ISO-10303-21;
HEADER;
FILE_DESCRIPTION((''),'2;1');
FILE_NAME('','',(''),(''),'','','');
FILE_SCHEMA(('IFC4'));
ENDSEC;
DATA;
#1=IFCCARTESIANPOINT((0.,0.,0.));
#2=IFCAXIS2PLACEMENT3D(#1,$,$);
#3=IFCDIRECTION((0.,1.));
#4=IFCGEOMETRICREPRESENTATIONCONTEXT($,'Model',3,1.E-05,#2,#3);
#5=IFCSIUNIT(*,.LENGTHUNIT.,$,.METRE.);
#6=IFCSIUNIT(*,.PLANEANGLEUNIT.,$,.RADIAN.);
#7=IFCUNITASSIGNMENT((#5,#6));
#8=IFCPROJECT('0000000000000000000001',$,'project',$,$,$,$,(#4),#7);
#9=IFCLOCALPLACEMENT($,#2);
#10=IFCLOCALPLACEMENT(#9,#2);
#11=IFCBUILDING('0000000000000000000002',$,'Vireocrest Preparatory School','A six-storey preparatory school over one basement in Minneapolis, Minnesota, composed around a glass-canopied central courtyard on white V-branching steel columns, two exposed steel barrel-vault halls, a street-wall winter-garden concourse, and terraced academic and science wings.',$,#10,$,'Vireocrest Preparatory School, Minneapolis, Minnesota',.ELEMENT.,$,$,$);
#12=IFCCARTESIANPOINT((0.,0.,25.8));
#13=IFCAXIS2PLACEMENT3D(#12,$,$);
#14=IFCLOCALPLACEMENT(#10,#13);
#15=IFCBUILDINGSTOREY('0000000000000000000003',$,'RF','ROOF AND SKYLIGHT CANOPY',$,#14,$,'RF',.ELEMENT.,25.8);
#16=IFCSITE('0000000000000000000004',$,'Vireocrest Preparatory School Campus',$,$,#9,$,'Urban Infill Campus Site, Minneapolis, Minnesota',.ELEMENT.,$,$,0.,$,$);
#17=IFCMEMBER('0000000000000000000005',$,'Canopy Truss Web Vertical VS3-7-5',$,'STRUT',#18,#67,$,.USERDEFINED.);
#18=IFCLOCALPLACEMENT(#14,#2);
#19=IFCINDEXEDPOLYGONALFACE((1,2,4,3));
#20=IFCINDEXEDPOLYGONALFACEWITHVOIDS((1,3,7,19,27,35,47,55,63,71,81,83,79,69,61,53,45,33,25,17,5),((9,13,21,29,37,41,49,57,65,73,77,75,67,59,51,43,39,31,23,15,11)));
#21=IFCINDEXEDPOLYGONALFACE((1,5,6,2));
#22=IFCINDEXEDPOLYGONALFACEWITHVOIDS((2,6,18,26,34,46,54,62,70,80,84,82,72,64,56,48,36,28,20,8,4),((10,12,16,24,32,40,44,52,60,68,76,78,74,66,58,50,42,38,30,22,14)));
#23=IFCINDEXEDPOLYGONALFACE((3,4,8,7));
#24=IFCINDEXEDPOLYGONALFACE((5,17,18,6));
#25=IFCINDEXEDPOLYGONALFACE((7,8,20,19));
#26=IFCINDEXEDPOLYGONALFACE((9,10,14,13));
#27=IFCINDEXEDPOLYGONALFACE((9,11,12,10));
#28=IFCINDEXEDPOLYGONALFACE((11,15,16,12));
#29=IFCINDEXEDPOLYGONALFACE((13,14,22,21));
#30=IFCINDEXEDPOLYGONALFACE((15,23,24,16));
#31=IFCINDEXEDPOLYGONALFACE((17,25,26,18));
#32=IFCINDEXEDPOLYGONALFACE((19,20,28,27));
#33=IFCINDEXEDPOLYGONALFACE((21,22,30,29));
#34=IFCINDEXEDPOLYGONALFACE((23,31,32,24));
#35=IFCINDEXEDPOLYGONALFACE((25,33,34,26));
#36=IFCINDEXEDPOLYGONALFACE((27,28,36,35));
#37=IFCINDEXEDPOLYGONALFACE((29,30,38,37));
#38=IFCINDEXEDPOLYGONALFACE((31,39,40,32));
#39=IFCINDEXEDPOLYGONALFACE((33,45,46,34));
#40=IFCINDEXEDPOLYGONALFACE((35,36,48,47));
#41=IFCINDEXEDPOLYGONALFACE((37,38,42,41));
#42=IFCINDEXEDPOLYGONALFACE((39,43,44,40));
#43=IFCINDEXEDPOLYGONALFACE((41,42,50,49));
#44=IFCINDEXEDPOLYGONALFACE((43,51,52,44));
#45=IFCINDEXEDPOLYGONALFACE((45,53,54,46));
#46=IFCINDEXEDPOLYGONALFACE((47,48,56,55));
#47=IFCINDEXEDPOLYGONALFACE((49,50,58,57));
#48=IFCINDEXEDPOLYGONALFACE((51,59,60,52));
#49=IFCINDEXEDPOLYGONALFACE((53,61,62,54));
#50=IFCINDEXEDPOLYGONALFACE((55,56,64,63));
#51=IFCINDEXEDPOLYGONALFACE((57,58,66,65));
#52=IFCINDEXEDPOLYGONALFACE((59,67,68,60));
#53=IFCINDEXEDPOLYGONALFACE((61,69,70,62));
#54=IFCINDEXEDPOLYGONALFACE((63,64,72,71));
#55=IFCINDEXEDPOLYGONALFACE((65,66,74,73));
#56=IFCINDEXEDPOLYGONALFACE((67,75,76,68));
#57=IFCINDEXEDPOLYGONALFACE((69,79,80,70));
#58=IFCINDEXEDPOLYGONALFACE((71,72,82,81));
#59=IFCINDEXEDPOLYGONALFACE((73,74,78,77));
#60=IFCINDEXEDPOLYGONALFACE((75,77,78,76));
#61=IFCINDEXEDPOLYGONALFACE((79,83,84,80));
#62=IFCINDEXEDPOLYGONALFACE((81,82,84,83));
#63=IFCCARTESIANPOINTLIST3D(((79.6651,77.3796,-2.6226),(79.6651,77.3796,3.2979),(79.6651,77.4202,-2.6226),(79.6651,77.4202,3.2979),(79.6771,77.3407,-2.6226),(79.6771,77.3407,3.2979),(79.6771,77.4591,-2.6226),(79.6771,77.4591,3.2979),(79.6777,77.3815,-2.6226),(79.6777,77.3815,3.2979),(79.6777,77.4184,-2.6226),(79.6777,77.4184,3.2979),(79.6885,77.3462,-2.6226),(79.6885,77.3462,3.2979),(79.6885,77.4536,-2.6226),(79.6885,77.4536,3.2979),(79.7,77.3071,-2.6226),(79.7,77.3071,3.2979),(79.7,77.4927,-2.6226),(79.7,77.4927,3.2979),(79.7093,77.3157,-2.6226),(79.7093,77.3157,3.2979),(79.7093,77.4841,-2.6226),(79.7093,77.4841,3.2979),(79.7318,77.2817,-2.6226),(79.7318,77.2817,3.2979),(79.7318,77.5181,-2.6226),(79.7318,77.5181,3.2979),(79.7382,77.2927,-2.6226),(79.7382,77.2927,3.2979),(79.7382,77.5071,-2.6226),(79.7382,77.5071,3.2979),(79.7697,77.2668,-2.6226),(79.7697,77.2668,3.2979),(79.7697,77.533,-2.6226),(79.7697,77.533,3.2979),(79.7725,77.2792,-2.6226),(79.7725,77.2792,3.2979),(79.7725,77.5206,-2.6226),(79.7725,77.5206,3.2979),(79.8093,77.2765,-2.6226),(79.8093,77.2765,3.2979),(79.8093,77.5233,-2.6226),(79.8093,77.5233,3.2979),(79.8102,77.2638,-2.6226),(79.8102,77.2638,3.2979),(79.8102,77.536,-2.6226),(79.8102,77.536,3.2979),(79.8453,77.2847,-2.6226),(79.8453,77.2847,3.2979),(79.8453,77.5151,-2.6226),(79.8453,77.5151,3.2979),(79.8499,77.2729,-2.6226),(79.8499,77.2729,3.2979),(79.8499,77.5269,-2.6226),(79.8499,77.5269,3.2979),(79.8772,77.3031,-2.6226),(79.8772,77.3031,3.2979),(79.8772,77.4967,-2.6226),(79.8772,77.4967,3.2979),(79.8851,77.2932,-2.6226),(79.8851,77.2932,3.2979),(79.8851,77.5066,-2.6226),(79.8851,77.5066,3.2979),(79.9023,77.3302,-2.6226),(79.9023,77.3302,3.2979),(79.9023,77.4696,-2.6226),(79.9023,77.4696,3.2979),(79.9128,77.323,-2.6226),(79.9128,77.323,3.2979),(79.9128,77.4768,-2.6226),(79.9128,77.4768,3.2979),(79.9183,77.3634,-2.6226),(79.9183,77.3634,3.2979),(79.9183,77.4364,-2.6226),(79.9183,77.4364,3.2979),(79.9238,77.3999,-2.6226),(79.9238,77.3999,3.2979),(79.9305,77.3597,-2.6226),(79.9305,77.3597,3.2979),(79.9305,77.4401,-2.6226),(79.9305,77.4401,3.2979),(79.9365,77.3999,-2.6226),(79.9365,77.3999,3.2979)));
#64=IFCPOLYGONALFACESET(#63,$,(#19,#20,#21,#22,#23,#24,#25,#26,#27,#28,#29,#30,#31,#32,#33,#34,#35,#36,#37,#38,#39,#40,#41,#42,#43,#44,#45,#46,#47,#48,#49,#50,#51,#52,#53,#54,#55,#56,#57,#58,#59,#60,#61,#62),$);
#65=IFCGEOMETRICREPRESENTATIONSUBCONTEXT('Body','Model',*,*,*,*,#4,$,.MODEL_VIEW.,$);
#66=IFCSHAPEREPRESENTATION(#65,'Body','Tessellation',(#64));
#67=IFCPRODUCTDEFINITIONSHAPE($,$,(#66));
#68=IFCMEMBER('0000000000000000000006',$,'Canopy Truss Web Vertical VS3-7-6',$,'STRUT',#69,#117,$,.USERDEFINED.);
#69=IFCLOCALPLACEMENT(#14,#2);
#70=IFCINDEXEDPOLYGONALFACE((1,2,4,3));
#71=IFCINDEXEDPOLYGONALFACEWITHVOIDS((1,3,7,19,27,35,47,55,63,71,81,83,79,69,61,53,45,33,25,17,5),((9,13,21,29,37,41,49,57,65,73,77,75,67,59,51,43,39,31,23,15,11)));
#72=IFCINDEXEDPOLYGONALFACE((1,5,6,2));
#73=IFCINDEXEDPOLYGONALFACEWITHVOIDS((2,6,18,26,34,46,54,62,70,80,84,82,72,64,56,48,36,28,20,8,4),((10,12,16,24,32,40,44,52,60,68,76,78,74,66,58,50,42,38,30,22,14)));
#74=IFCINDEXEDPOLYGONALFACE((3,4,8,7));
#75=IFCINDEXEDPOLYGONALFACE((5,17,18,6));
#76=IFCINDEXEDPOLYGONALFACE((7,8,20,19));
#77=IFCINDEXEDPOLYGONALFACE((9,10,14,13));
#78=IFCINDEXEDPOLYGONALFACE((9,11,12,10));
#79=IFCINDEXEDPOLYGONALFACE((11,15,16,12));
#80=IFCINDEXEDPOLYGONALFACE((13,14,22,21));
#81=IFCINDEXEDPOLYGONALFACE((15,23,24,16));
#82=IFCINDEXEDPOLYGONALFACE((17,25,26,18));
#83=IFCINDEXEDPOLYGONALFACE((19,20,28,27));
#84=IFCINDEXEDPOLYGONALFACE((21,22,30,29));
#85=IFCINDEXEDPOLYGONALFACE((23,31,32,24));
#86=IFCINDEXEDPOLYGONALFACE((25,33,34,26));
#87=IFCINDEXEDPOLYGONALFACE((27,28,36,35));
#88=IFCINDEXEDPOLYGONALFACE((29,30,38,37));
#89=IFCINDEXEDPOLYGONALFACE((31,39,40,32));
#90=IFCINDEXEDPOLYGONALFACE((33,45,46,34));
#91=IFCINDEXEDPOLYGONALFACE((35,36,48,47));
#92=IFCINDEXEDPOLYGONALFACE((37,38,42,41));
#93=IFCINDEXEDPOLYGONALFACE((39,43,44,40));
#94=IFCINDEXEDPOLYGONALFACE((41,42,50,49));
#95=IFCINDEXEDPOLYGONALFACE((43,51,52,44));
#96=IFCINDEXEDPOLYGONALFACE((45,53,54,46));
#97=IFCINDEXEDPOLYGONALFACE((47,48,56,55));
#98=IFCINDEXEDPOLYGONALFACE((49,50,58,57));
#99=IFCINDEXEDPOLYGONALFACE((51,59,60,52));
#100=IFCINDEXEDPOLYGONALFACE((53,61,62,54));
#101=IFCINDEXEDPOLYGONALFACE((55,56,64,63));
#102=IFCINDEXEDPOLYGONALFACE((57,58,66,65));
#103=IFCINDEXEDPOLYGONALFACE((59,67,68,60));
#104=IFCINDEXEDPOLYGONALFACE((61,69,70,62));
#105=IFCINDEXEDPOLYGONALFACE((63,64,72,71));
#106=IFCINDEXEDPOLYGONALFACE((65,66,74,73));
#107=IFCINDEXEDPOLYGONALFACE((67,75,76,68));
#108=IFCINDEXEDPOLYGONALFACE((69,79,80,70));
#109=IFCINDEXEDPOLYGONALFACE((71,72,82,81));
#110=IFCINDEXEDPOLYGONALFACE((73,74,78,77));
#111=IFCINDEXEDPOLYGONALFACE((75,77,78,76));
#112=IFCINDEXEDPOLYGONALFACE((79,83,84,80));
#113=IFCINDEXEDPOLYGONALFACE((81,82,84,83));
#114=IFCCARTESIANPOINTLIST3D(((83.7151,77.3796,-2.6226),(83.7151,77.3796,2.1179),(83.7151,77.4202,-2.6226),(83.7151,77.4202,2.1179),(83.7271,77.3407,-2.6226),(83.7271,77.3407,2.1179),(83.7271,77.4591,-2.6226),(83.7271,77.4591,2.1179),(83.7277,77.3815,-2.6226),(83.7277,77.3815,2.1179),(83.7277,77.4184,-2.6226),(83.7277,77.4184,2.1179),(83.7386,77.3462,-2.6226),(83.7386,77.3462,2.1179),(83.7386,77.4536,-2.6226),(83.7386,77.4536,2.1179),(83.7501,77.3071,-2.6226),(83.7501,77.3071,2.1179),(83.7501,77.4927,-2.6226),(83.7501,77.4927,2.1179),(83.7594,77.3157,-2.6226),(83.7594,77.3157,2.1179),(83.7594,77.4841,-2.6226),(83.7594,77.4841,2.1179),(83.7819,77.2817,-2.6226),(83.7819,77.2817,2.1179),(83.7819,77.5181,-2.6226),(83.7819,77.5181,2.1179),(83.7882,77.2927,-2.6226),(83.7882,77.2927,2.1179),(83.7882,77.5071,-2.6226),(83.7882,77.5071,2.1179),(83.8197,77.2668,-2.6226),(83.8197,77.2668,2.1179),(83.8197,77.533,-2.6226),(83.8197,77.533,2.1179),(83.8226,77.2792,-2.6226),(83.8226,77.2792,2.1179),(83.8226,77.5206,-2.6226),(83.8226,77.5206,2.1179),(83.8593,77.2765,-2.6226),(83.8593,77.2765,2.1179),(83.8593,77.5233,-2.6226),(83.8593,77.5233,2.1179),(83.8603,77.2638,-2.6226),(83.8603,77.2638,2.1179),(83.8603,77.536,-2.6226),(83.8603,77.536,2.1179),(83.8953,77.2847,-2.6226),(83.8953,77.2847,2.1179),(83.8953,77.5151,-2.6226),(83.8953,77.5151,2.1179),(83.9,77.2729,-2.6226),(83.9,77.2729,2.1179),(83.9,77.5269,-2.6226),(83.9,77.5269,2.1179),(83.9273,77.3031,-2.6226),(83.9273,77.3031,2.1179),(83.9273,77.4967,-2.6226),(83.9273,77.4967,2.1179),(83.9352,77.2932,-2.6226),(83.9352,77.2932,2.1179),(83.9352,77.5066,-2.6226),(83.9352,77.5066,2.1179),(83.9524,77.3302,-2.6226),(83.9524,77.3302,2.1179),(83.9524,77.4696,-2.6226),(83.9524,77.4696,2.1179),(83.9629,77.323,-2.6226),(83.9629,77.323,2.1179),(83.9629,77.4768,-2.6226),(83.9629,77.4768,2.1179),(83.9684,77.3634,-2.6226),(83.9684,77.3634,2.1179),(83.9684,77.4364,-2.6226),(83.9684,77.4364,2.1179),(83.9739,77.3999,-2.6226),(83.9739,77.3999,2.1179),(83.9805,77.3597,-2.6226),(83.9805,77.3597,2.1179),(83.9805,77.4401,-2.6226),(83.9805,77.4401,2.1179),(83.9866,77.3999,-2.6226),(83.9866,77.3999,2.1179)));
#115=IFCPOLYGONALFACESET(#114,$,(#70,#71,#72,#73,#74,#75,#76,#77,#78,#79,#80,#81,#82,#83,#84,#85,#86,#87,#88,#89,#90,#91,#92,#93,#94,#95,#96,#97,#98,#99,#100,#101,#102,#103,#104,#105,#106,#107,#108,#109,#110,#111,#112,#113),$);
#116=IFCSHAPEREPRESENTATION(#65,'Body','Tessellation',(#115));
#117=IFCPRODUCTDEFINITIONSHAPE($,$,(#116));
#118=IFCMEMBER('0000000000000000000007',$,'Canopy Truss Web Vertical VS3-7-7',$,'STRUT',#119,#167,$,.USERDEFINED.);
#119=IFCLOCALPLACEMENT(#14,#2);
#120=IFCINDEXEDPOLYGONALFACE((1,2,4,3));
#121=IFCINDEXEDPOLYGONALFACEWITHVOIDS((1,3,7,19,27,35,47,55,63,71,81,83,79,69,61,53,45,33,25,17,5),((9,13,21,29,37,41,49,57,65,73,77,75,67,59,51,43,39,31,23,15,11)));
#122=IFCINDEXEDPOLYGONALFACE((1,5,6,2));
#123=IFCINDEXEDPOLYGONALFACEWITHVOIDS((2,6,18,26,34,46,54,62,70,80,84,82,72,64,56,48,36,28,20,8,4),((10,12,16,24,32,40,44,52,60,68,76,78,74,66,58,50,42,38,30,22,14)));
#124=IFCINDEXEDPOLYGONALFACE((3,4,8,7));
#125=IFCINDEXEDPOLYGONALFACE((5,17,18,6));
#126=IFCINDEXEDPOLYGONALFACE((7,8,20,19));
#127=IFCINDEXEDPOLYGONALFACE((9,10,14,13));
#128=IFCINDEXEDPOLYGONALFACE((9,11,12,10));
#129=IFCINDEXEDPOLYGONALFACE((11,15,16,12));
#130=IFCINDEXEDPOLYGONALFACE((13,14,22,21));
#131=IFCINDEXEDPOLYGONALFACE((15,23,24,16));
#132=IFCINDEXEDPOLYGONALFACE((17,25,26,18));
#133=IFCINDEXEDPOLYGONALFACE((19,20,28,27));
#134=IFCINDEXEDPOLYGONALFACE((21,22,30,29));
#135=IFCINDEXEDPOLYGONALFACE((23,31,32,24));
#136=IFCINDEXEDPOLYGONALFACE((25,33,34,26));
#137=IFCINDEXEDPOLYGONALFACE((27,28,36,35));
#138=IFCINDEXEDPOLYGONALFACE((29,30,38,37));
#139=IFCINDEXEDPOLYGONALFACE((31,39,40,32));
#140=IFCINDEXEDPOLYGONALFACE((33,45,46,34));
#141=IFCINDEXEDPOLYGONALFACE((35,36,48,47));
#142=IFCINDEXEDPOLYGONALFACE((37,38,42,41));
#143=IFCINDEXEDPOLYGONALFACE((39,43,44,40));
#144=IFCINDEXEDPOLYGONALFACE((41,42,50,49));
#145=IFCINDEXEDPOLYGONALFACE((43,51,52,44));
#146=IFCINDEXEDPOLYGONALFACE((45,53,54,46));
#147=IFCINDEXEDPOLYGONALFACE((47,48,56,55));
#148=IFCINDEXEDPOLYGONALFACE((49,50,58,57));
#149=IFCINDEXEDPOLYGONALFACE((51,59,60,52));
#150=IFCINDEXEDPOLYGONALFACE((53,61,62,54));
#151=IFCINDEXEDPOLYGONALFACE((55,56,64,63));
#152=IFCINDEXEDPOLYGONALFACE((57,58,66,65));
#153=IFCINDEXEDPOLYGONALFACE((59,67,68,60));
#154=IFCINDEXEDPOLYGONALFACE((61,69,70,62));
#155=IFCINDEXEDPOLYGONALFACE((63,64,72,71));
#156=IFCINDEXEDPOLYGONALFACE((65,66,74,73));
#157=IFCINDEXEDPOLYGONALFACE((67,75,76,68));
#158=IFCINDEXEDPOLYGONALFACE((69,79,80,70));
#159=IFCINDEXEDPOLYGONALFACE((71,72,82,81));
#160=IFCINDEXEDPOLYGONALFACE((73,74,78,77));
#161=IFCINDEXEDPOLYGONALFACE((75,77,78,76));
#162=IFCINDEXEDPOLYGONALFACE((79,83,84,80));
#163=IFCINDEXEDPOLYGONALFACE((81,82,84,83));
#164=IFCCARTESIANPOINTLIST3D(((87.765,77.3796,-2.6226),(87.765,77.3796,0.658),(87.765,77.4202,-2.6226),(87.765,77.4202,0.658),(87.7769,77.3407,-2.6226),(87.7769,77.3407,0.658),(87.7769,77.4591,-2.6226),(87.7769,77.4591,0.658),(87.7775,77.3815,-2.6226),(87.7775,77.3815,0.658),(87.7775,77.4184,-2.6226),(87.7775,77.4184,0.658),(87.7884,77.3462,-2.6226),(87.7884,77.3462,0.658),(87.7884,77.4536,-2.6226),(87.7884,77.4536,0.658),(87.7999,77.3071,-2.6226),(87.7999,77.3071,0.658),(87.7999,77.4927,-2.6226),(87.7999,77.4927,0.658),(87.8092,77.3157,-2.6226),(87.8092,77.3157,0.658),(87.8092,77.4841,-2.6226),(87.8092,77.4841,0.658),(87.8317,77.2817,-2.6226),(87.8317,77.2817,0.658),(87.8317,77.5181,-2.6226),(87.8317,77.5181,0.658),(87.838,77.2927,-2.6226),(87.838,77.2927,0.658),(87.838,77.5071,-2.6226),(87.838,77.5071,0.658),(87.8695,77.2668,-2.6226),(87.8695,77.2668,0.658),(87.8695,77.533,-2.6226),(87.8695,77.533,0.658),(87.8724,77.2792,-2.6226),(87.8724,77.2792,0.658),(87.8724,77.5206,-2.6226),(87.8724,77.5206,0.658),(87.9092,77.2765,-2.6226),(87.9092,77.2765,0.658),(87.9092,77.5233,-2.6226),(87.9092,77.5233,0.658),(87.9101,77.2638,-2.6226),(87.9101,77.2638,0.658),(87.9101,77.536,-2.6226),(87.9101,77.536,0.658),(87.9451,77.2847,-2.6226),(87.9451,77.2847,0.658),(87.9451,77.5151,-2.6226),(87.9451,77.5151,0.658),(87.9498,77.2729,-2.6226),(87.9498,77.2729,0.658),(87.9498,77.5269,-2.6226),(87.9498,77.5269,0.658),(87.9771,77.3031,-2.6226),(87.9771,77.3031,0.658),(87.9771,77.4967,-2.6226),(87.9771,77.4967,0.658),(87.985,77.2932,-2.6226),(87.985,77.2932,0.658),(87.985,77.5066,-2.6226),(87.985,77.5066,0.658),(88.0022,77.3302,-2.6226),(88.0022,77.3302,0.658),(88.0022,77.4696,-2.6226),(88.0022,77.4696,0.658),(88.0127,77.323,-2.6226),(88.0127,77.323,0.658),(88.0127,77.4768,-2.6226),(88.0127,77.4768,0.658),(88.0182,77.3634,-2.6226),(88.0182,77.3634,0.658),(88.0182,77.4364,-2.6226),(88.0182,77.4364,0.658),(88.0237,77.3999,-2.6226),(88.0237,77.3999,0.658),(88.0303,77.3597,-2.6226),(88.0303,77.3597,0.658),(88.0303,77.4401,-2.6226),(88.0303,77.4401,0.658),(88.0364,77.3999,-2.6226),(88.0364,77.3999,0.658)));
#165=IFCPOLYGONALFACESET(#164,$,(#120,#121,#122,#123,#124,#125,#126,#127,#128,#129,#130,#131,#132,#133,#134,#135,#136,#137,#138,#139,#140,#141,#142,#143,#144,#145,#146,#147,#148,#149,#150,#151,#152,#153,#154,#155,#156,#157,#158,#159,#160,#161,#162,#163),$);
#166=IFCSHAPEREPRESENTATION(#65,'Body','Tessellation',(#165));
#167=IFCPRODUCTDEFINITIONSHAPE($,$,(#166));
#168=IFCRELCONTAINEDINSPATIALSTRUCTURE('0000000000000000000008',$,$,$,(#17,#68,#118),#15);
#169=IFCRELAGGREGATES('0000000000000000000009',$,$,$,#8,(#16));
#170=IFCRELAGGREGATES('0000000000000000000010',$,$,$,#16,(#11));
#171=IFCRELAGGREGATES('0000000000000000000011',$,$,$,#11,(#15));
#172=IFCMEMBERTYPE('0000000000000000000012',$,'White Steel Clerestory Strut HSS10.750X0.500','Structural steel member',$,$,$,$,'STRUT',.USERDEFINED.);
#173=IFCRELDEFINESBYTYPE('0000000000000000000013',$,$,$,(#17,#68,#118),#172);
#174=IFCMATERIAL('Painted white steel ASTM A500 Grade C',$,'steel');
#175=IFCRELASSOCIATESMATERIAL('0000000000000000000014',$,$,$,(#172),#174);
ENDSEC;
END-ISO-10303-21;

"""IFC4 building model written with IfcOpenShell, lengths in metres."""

from ifc_helpers import new_model, si_unit, direction, frame, origin, origin_2d, place, context, subcontext, project, spatial, hollow_circle, extrude, material, material_profile, profile_set, type_object, element, save


model = new_model("IFC4")

# Units and contexts
model_context = context("Model", 3, precision=1e-05, world=origin(), true_north=direction((0.0, 1.0)))
body_context = subcontext(model_context, "Body", "Model", "MODEL_VIEW")
ifc_project = project(units=[si_unit("LENGTHUNIT", "METRE"), si_unit("PLANEANGLEUNIT", "RADIAN")], contexts=[model_context])

# Site, building, storey
site_placement = place(None, origin())
site = spatial("IfcSite", under=ifc_project, at=site_placement, Name="Vireocrest Preparatory School Campus", LongName="Urban Infill Campus Site, Minneapolis, Minnesota", CompositionType="ELEMENT", RefElevation=0.0)
building_placement = place(site_placement, origin())
building = spatial("IfcBuilding", under=site, at=building_placement, Name="Vireocrest Preparatory School", Description="A six-storey preparatory school over one basement in Minneapolis, Minnesota, composed around a glass-canopied central courtyard on white V-branching steel columns, two exposed steel barrel-vault halls, a street-wall winter-garden concourse, and terraced academic and science wings.", LongName="Vireocrest Preparatory School, Minneapolis, Minnesota", CompositionType="ELEMENT")
storey_placement = place(building_placement, frame((0.0, 0.0, 25.8)))
storey = spatial("IfcBuildingStorey", under=building, at=storey_placement, Name="RF", Description="ROOF AND SKYLIGHT CANOPY", LongName="RF", CompositionType="ELEMENT", Elevation=25.8)

# Shared definitions
ifc_material_1 = material(Name="Painted white steel ASTM A500 Grade C", Category="steel")

# Members
ifc_material_profile_1 = material_profile(ifc_material_1, hollow_circle(Radius=0.1365, WallThickness=0.0127, at=origin_2d()), Name="HSS10.750X0.500")
ifc_profile_set_1 = profile_set([ifc_material_profile_1], Name="Painted white steel ASTM A500 Grade C")
member_type_1 = type_object("IfcMemberType", Name="White Steel Clerestory Strut HSS10.750X0.500", Description="Structural steel member", ElementType="STRUT", PredefinedType="USERDEFINED", material=ifc_profile_set_1)
member_1_placement = place(storey_placement, frame((79.8, 77.3999, -2.6226), z_axis=(0.0, 0.0, 1.0), x_axis=(1.0, 0.0, 0.0)))
element("IfcMember", 1, at=member_1_placement, inside=storey, type_object=member_type_1, Name="Canopy Truss Web Vertical VS3-7-5", ObjectType="STRUT", PredefinedType="USERDEFINED", context=body_context, shape_type="SweptSolid", body=[
    extrude(hollow_circle(Radius=0.1365, WallThickness=0.0127, at=origin_2d()), origin(), (0.0, 0.0, 1.0), 5.9204),
])
member_2_placement = place(storey_placement, frame((83.8501, 77.3999, -2.6226), z_axis=(0.0, 0.0, 1.0), x_axis=(1.0, 0.0, 0.0)))
element("IfcMember", 2, at=member_2_placement, inside=storey, type_object=member_type_1, Name="Canopy Truss Web Vertical VS3-7-6", ObjectType="STRUT", PredefinedType="USERDEFINED", context=body_context, shape_type="SweptSolid", body=[
    extrude(hollow_circle(Radius=0.1365, WallThickness=0.0127, at=origin_2d()), origin(), (0.0, 0.0, 1.0), 4.7405),
])
member_3_placement = place(storey_placement, frame((87.8999, 77.3999, -2.6226), z_axis=(0.0, 0.0, 1.0), x_axis=(1.0, 0.0, 0.0)))
element("IfcMember", 3, at=member_3_placement, inside=storey, type_object=member_type_1, Name="Canopy Truss Web Vertical VS3-7-7", ObjectType="STRUT", PredefinedType="USERDEFINED", context=body_context, shape_type="SweptSolid", body=[
    extrude(hollow_circle(Radius=0.1365, WallThickness=0.0127, at=origin_2d()), origin(), (0.0, 0.0, 1.0), 3.2805),
])

save(model, "model.ifc")
